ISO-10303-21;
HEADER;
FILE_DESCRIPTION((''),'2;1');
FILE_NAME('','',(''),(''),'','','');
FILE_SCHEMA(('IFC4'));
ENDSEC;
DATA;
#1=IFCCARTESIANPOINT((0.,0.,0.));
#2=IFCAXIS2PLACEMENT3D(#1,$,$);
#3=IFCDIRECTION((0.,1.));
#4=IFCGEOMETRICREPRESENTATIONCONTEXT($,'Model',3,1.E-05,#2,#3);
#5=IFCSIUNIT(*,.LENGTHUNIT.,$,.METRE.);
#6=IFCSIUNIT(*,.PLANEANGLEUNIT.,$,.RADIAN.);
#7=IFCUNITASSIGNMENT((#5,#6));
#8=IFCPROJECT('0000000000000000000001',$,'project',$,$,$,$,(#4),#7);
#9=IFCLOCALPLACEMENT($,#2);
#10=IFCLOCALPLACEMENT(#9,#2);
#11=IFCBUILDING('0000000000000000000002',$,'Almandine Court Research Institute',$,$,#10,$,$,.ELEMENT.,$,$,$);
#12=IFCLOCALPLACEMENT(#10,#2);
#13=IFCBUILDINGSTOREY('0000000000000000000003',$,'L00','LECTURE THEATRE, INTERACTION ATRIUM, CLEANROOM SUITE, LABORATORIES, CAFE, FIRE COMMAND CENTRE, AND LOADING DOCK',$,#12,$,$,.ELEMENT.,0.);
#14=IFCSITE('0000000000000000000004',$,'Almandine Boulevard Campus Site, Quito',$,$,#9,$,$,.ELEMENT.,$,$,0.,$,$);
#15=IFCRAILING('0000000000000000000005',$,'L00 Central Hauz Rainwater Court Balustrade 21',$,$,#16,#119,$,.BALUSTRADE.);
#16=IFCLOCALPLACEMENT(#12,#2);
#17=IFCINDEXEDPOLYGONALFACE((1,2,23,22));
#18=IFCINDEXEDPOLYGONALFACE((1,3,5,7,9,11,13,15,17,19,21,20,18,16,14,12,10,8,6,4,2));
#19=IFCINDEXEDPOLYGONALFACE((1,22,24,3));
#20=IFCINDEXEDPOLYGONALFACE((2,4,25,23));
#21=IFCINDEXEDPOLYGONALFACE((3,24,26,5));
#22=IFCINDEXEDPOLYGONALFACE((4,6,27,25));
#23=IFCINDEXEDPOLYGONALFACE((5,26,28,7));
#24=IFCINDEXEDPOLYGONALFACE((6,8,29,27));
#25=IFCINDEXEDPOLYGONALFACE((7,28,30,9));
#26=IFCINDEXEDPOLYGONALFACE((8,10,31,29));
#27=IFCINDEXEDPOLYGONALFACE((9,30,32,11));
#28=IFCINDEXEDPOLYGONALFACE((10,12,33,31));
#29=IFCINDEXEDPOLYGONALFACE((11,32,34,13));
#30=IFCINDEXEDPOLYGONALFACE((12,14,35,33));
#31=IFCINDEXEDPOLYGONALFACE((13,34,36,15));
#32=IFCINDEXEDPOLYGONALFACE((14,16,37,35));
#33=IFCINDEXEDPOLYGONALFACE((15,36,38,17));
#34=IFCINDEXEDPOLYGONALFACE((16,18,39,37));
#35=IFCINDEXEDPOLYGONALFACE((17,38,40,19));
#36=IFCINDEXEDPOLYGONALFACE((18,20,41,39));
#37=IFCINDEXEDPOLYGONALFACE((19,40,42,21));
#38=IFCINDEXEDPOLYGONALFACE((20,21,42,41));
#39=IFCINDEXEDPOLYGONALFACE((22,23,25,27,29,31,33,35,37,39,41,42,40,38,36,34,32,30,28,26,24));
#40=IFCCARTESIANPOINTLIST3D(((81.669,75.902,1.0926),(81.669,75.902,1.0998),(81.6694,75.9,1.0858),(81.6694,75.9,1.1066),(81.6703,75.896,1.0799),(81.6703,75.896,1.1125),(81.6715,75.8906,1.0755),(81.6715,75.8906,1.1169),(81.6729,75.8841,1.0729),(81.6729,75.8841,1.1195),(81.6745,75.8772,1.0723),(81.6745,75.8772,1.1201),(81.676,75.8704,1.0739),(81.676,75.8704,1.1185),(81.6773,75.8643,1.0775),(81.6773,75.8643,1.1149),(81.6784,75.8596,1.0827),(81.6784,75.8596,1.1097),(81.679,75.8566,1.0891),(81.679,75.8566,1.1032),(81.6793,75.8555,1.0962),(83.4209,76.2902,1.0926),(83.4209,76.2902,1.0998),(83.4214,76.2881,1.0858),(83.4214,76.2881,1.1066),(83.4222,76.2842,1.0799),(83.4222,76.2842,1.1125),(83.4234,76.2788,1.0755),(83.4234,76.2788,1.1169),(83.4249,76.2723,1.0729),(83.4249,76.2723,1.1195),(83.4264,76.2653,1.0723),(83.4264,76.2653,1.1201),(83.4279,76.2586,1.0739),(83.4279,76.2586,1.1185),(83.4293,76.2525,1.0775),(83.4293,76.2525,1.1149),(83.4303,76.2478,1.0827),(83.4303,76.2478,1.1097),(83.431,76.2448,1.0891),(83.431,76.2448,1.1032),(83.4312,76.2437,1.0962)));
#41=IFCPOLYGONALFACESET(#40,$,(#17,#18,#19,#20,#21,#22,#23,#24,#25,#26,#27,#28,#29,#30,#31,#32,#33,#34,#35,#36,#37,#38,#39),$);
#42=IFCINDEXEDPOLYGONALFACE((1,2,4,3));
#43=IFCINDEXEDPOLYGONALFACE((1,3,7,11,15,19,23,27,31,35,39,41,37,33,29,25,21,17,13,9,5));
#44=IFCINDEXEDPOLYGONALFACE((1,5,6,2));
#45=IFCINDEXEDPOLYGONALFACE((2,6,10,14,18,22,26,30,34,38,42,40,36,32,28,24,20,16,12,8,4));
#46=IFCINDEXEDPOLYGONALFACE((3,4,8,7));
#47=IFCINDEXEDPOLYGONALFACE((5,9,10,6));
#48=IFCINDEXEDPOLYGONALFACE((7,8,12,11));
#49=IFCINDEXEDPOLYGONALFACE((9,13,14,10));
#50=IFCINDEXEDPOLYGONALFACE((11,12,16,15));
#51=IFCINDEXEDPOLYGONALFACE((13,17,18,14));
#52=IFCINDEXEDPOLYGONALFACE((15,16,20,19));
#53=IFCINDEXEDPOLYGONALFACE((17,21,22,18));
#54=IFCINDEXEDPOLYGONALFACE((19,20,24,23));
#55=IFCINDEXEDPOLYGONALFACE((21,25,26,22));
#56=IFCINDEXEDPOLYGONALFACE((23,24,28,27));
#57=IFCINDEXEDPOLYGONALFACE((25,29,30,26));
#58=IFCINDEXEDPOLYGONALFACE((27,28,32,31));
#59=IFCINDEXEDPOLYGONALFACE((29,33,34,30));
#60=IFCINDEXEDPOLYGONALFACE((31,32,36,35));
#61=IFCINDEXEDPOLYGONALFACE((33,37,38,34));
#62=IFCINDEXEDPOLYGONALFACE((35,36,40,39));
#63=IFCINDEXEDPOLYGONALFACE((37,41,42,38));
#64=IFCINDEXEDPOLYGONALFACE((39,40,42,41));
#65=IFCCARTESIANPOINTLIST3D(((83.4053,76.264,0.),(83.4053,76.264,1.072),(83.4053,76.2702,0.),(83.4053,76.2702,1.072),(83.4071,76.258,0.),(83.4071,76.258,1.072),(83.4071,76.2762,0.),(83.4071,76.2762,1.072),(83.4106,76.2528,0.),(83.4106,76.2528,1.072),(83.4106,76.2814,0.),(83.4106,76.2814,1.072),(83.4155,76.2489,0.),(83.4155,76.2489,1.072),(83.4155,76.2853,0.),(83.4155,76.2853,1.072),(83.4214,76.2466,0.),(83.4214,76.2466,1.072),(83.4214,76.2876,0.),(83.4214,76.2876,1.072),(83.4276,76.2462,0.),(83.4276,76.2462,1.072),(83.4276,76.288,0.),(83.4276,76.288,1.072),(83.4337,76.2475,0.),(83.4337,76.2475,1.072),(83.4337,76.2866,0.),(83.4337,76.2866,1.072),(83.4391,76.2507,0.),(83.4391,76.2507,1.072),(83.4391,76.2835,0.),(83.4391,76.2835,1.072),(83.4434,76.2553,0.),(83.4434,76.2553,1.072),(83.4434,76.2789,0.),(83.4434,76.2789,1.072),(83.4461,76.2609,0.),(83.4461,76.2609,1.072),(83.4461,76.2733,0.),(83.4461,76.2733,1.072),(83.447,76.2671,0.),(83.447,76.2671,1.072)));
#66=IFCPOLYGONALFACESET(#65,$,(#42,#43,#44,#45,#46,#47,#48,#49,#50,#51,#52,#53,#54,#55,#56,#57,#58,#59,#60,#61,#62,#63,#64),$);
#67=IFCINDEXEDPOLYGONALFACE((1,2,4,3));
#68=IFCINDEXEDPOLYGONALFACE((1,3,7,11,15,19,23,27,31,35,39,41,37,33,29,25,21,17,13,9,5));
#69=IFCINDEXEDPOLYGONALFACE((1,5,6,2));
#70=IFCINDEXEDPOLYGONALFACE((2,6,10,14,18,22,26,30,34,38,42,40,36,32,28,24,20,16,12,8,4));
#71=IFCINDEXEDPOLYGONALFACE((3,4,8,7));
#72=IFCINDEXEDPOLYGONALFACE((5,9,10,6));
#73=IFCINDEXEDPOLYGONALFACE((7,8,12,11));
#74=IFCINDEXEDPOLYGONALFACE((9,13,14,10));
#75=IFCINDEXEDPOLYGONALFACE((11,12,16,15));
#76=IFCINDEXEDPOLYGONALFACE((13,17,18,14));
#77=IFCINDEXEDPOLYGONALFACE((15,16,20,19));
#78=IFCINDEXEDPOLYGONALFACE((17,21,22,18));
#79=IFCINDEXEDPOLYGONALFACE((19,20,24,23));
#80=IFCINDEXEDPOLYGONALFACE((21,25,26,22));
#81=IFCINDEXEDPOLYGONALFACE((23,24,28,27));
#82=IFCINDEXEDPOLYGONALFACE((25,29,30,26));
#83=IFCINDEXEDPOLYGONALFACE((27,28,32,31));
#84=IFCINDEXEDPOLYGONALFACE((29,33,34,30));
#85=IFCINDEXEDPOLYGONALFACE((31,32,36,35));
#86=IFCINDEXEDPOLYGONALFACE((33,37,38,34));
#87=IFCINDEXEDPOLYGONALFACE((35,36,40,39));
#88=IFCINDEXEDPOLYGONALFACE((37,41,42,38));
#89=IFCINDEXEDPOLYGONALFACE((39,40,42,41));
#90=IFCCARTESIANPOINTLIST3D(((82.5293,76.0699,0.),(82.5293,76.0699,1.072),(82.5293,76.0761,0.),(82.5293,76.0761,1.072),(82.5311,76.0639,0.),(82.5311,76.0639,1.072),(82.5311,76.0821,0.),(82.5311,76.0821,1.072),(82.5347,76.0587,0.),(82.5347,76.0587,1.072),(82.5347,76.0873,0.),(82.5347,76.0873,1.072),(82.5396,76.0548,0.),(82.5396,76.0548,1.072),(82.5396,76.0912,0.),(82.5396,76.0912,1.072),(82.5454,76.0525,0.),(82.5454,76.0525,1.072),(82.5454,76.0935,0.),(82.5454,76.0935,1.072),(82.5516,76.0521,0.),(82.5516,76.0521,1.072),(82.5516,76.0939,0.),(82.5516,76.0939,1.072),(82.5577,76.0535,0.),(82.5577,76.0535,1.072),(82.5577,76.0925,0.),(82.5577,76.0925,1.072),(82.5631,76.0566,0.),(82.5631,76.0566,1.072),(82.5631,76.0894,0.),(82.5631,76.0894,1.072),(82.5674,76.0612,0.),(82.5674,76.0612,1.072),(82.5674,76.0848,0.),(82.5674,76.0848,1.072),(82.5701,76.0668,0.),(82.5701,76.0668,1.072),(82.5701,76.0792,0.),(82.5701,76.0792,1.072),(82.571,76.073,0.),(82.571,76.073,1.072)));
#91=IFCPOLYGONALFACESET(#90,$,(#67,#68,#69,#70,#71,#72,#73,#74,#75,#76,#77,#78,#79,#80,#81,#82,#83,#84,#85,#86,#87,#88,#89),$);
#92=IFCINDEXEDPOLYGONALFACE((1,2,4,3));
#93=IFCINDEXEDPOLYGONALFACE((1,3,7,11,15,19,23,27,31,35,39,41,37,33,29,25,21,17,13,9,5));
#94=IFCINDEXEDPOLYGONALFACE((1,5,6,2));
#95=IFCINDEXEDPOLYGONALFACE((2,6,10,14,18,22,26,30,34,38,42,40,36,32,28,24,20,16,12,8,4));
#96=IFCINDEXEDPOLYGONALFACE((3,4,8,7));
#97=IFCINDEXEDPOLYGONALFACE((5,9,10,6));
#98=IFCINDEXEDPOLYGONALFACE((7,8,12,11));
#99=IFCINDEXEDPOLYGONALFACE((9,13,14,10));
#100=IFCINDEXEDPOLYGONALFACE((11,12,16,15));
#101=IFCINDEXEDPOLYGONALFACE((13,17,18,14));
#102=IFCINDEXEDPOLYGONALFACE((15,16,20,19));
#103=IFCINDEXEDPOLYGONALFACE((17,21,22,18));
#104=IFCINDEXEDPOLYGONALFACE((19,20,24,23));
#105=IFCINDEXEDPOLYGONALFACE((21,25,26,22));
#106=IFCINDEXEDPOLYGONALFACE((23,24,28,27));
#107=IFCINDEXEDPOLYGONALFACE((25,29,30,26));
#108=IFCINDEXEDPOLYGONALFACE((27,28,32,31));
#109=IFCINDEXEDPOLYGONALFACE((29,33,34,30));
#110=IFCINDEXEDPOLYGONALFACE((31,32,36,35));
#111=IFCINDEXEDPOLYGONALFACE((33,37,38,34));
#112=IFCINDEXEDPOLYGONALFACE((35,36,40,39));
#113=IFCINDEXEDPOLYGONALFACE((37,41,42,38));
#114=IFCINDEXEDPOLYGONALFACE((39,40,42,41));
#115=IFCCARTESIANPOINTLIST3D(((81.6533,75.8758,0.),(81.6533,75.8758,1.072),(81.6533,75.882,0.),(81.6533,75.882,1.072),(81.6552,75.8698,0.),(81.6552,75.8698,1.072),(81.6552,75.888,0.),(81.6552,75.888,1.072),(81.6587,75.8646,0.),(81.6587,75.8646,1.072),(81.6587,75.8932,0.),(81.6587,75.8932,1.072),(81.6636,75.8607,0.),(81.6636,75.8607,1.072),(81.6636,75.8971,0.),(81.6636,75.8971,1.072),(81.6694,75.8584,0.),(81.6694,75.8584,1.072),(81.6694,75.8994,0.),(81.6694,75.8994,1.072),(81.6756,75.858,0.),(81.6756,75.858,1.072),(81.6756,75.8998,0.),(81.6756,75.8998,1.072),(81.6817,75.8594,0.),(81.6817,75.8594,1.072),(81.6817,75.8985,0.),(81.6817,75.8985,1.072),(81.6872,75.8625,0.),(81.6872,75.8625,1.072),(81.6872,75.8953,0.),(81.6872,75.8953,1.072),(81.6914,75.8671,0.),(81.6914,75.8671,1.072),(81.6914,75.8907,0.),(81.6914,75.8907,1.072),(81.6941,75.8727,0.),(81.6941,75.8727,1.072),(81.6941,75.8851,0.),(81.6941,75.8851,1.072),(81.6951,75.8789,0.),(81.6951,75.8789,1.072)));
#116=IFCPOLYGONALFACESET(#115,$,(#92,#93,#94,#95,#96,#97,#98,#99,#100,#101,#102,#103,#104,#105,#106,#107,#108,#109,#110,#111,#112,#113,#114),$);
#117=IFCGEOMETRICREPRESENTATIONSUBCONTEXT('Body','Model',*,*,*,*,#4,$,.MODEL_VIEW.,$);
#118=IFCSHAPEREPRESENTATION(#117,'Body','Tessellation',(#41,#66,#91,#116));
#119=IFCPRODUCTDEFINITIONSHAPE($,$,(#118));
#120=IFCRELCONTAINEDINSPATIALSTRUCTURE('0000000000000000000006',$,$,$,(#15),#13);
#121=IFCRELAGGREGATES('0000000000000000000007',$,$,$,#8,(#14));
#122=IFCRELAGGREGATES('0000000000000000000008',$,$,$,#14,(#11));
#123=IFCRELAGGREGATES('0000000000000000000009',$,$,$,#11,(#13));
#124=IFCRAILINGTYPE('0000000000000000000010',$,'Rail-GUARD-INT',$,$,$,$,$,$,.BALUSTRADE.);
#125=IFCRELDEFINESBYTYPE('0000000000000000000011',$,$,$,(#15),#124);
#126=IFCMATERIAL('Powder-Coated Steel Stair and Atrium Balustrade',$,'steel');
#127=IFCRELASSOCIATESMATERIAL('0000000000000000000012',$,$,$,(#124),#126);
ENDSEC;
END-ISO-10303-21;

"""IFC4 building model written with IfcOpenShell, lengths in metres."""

from ifc_helpers import new_model, si_unit, direction, frame, origin, origin_2d, place, context, subcontext, project, spatial, circle, extrude, material, type_object, element, save


model = new_model("IFC4")

# Units and contexts
model_context = context("Model", 3, precision=1e-05, world=origin(), true_north=direction((0.0, 1.0)))
body_context = subcontext(model_context, "Body", "Model", "MODEL_VIEW")
ifc_project = project(units=[si_unit("LENGTHUNIT", "METRE"), si_unit("PLANEANGLEUNIT", "RADIAN")], contexts=[model_context])

# Site, building, storey
site_placement = place(None, origin())
site = spatial("IfcSite", under=ifc_project, at=site_placement, Name="Almandine Boulevard Campus Site, Quito", CompositionType="ELEMENT", RefElevation=0.0)
building_placement = place(site_placement, origin())
building = spatial("IfcBuilding", under=site, at=building_placement, Name="Almandine Court Research Institute", CompositionType="ELEMENT")
storey_placement = place(building_placement, origin())
storey = spatial("IfcBuildingStorey", under=building, at=storey_placement, Name="L00", Description="LECTURE THEATRE, INTERACTION ATRIUM, CLEANROOM SUITE, LABORATORIES, CAFE, FIRE COMMAND CENTRE, AND LOADING DOCK", CompositionType="ELEMENT", Elevation=0.0)

# Railing
ifc_material_1 = material(Name="Powder-Coated Steel Stair and Atrium Balustrade", Category="steel")
railing_type_1 = type_object("IfcRailingType", Name="Rail-GUARD-INT", PredefinedType="BALUSTRADE", material=ifc_material_1)
railing_1_placement = place(storey_placement, frame((83.426, 76.2671, 0.0)))
element("IfcRailing", 1, at=railing_1_placement, inside=storey, type_object=railing_type_1, Name="L00 Central Hauz Rainwater Court Balustrade 21", PredefinedType="BALUSTRADE", context=body_context, shape_type="SweptSolid", body=[
    extrude(circle(Radius=0.0239, at=origin_2d()), frame((0.0, 0.0, 1.0962), z_axis=(-0.976321, -0.216325, 0.0), x_axis=(0.216325, -0.976321, 0.0)), (0.0, 0.0, 1.0), 1.7944),
    extrude(circle(Radius=0.021, at=origin_2d()), origin(), (0.0, 0.0, 1.0), 1.072),
    extrude(circle(Radius=0.021, at=origin_2d()), frame((-0.876, -0.1941, 0.0)), (0.0, 0.0, 1.0), 1.072),
    extrude(circle(Radius=0.021, at=origin_2d()), frame((-1.752, -0.3882, 0.0)), (0.0, 0.0, 1.0), 1.072),
])

save(model, "model.ifc")
